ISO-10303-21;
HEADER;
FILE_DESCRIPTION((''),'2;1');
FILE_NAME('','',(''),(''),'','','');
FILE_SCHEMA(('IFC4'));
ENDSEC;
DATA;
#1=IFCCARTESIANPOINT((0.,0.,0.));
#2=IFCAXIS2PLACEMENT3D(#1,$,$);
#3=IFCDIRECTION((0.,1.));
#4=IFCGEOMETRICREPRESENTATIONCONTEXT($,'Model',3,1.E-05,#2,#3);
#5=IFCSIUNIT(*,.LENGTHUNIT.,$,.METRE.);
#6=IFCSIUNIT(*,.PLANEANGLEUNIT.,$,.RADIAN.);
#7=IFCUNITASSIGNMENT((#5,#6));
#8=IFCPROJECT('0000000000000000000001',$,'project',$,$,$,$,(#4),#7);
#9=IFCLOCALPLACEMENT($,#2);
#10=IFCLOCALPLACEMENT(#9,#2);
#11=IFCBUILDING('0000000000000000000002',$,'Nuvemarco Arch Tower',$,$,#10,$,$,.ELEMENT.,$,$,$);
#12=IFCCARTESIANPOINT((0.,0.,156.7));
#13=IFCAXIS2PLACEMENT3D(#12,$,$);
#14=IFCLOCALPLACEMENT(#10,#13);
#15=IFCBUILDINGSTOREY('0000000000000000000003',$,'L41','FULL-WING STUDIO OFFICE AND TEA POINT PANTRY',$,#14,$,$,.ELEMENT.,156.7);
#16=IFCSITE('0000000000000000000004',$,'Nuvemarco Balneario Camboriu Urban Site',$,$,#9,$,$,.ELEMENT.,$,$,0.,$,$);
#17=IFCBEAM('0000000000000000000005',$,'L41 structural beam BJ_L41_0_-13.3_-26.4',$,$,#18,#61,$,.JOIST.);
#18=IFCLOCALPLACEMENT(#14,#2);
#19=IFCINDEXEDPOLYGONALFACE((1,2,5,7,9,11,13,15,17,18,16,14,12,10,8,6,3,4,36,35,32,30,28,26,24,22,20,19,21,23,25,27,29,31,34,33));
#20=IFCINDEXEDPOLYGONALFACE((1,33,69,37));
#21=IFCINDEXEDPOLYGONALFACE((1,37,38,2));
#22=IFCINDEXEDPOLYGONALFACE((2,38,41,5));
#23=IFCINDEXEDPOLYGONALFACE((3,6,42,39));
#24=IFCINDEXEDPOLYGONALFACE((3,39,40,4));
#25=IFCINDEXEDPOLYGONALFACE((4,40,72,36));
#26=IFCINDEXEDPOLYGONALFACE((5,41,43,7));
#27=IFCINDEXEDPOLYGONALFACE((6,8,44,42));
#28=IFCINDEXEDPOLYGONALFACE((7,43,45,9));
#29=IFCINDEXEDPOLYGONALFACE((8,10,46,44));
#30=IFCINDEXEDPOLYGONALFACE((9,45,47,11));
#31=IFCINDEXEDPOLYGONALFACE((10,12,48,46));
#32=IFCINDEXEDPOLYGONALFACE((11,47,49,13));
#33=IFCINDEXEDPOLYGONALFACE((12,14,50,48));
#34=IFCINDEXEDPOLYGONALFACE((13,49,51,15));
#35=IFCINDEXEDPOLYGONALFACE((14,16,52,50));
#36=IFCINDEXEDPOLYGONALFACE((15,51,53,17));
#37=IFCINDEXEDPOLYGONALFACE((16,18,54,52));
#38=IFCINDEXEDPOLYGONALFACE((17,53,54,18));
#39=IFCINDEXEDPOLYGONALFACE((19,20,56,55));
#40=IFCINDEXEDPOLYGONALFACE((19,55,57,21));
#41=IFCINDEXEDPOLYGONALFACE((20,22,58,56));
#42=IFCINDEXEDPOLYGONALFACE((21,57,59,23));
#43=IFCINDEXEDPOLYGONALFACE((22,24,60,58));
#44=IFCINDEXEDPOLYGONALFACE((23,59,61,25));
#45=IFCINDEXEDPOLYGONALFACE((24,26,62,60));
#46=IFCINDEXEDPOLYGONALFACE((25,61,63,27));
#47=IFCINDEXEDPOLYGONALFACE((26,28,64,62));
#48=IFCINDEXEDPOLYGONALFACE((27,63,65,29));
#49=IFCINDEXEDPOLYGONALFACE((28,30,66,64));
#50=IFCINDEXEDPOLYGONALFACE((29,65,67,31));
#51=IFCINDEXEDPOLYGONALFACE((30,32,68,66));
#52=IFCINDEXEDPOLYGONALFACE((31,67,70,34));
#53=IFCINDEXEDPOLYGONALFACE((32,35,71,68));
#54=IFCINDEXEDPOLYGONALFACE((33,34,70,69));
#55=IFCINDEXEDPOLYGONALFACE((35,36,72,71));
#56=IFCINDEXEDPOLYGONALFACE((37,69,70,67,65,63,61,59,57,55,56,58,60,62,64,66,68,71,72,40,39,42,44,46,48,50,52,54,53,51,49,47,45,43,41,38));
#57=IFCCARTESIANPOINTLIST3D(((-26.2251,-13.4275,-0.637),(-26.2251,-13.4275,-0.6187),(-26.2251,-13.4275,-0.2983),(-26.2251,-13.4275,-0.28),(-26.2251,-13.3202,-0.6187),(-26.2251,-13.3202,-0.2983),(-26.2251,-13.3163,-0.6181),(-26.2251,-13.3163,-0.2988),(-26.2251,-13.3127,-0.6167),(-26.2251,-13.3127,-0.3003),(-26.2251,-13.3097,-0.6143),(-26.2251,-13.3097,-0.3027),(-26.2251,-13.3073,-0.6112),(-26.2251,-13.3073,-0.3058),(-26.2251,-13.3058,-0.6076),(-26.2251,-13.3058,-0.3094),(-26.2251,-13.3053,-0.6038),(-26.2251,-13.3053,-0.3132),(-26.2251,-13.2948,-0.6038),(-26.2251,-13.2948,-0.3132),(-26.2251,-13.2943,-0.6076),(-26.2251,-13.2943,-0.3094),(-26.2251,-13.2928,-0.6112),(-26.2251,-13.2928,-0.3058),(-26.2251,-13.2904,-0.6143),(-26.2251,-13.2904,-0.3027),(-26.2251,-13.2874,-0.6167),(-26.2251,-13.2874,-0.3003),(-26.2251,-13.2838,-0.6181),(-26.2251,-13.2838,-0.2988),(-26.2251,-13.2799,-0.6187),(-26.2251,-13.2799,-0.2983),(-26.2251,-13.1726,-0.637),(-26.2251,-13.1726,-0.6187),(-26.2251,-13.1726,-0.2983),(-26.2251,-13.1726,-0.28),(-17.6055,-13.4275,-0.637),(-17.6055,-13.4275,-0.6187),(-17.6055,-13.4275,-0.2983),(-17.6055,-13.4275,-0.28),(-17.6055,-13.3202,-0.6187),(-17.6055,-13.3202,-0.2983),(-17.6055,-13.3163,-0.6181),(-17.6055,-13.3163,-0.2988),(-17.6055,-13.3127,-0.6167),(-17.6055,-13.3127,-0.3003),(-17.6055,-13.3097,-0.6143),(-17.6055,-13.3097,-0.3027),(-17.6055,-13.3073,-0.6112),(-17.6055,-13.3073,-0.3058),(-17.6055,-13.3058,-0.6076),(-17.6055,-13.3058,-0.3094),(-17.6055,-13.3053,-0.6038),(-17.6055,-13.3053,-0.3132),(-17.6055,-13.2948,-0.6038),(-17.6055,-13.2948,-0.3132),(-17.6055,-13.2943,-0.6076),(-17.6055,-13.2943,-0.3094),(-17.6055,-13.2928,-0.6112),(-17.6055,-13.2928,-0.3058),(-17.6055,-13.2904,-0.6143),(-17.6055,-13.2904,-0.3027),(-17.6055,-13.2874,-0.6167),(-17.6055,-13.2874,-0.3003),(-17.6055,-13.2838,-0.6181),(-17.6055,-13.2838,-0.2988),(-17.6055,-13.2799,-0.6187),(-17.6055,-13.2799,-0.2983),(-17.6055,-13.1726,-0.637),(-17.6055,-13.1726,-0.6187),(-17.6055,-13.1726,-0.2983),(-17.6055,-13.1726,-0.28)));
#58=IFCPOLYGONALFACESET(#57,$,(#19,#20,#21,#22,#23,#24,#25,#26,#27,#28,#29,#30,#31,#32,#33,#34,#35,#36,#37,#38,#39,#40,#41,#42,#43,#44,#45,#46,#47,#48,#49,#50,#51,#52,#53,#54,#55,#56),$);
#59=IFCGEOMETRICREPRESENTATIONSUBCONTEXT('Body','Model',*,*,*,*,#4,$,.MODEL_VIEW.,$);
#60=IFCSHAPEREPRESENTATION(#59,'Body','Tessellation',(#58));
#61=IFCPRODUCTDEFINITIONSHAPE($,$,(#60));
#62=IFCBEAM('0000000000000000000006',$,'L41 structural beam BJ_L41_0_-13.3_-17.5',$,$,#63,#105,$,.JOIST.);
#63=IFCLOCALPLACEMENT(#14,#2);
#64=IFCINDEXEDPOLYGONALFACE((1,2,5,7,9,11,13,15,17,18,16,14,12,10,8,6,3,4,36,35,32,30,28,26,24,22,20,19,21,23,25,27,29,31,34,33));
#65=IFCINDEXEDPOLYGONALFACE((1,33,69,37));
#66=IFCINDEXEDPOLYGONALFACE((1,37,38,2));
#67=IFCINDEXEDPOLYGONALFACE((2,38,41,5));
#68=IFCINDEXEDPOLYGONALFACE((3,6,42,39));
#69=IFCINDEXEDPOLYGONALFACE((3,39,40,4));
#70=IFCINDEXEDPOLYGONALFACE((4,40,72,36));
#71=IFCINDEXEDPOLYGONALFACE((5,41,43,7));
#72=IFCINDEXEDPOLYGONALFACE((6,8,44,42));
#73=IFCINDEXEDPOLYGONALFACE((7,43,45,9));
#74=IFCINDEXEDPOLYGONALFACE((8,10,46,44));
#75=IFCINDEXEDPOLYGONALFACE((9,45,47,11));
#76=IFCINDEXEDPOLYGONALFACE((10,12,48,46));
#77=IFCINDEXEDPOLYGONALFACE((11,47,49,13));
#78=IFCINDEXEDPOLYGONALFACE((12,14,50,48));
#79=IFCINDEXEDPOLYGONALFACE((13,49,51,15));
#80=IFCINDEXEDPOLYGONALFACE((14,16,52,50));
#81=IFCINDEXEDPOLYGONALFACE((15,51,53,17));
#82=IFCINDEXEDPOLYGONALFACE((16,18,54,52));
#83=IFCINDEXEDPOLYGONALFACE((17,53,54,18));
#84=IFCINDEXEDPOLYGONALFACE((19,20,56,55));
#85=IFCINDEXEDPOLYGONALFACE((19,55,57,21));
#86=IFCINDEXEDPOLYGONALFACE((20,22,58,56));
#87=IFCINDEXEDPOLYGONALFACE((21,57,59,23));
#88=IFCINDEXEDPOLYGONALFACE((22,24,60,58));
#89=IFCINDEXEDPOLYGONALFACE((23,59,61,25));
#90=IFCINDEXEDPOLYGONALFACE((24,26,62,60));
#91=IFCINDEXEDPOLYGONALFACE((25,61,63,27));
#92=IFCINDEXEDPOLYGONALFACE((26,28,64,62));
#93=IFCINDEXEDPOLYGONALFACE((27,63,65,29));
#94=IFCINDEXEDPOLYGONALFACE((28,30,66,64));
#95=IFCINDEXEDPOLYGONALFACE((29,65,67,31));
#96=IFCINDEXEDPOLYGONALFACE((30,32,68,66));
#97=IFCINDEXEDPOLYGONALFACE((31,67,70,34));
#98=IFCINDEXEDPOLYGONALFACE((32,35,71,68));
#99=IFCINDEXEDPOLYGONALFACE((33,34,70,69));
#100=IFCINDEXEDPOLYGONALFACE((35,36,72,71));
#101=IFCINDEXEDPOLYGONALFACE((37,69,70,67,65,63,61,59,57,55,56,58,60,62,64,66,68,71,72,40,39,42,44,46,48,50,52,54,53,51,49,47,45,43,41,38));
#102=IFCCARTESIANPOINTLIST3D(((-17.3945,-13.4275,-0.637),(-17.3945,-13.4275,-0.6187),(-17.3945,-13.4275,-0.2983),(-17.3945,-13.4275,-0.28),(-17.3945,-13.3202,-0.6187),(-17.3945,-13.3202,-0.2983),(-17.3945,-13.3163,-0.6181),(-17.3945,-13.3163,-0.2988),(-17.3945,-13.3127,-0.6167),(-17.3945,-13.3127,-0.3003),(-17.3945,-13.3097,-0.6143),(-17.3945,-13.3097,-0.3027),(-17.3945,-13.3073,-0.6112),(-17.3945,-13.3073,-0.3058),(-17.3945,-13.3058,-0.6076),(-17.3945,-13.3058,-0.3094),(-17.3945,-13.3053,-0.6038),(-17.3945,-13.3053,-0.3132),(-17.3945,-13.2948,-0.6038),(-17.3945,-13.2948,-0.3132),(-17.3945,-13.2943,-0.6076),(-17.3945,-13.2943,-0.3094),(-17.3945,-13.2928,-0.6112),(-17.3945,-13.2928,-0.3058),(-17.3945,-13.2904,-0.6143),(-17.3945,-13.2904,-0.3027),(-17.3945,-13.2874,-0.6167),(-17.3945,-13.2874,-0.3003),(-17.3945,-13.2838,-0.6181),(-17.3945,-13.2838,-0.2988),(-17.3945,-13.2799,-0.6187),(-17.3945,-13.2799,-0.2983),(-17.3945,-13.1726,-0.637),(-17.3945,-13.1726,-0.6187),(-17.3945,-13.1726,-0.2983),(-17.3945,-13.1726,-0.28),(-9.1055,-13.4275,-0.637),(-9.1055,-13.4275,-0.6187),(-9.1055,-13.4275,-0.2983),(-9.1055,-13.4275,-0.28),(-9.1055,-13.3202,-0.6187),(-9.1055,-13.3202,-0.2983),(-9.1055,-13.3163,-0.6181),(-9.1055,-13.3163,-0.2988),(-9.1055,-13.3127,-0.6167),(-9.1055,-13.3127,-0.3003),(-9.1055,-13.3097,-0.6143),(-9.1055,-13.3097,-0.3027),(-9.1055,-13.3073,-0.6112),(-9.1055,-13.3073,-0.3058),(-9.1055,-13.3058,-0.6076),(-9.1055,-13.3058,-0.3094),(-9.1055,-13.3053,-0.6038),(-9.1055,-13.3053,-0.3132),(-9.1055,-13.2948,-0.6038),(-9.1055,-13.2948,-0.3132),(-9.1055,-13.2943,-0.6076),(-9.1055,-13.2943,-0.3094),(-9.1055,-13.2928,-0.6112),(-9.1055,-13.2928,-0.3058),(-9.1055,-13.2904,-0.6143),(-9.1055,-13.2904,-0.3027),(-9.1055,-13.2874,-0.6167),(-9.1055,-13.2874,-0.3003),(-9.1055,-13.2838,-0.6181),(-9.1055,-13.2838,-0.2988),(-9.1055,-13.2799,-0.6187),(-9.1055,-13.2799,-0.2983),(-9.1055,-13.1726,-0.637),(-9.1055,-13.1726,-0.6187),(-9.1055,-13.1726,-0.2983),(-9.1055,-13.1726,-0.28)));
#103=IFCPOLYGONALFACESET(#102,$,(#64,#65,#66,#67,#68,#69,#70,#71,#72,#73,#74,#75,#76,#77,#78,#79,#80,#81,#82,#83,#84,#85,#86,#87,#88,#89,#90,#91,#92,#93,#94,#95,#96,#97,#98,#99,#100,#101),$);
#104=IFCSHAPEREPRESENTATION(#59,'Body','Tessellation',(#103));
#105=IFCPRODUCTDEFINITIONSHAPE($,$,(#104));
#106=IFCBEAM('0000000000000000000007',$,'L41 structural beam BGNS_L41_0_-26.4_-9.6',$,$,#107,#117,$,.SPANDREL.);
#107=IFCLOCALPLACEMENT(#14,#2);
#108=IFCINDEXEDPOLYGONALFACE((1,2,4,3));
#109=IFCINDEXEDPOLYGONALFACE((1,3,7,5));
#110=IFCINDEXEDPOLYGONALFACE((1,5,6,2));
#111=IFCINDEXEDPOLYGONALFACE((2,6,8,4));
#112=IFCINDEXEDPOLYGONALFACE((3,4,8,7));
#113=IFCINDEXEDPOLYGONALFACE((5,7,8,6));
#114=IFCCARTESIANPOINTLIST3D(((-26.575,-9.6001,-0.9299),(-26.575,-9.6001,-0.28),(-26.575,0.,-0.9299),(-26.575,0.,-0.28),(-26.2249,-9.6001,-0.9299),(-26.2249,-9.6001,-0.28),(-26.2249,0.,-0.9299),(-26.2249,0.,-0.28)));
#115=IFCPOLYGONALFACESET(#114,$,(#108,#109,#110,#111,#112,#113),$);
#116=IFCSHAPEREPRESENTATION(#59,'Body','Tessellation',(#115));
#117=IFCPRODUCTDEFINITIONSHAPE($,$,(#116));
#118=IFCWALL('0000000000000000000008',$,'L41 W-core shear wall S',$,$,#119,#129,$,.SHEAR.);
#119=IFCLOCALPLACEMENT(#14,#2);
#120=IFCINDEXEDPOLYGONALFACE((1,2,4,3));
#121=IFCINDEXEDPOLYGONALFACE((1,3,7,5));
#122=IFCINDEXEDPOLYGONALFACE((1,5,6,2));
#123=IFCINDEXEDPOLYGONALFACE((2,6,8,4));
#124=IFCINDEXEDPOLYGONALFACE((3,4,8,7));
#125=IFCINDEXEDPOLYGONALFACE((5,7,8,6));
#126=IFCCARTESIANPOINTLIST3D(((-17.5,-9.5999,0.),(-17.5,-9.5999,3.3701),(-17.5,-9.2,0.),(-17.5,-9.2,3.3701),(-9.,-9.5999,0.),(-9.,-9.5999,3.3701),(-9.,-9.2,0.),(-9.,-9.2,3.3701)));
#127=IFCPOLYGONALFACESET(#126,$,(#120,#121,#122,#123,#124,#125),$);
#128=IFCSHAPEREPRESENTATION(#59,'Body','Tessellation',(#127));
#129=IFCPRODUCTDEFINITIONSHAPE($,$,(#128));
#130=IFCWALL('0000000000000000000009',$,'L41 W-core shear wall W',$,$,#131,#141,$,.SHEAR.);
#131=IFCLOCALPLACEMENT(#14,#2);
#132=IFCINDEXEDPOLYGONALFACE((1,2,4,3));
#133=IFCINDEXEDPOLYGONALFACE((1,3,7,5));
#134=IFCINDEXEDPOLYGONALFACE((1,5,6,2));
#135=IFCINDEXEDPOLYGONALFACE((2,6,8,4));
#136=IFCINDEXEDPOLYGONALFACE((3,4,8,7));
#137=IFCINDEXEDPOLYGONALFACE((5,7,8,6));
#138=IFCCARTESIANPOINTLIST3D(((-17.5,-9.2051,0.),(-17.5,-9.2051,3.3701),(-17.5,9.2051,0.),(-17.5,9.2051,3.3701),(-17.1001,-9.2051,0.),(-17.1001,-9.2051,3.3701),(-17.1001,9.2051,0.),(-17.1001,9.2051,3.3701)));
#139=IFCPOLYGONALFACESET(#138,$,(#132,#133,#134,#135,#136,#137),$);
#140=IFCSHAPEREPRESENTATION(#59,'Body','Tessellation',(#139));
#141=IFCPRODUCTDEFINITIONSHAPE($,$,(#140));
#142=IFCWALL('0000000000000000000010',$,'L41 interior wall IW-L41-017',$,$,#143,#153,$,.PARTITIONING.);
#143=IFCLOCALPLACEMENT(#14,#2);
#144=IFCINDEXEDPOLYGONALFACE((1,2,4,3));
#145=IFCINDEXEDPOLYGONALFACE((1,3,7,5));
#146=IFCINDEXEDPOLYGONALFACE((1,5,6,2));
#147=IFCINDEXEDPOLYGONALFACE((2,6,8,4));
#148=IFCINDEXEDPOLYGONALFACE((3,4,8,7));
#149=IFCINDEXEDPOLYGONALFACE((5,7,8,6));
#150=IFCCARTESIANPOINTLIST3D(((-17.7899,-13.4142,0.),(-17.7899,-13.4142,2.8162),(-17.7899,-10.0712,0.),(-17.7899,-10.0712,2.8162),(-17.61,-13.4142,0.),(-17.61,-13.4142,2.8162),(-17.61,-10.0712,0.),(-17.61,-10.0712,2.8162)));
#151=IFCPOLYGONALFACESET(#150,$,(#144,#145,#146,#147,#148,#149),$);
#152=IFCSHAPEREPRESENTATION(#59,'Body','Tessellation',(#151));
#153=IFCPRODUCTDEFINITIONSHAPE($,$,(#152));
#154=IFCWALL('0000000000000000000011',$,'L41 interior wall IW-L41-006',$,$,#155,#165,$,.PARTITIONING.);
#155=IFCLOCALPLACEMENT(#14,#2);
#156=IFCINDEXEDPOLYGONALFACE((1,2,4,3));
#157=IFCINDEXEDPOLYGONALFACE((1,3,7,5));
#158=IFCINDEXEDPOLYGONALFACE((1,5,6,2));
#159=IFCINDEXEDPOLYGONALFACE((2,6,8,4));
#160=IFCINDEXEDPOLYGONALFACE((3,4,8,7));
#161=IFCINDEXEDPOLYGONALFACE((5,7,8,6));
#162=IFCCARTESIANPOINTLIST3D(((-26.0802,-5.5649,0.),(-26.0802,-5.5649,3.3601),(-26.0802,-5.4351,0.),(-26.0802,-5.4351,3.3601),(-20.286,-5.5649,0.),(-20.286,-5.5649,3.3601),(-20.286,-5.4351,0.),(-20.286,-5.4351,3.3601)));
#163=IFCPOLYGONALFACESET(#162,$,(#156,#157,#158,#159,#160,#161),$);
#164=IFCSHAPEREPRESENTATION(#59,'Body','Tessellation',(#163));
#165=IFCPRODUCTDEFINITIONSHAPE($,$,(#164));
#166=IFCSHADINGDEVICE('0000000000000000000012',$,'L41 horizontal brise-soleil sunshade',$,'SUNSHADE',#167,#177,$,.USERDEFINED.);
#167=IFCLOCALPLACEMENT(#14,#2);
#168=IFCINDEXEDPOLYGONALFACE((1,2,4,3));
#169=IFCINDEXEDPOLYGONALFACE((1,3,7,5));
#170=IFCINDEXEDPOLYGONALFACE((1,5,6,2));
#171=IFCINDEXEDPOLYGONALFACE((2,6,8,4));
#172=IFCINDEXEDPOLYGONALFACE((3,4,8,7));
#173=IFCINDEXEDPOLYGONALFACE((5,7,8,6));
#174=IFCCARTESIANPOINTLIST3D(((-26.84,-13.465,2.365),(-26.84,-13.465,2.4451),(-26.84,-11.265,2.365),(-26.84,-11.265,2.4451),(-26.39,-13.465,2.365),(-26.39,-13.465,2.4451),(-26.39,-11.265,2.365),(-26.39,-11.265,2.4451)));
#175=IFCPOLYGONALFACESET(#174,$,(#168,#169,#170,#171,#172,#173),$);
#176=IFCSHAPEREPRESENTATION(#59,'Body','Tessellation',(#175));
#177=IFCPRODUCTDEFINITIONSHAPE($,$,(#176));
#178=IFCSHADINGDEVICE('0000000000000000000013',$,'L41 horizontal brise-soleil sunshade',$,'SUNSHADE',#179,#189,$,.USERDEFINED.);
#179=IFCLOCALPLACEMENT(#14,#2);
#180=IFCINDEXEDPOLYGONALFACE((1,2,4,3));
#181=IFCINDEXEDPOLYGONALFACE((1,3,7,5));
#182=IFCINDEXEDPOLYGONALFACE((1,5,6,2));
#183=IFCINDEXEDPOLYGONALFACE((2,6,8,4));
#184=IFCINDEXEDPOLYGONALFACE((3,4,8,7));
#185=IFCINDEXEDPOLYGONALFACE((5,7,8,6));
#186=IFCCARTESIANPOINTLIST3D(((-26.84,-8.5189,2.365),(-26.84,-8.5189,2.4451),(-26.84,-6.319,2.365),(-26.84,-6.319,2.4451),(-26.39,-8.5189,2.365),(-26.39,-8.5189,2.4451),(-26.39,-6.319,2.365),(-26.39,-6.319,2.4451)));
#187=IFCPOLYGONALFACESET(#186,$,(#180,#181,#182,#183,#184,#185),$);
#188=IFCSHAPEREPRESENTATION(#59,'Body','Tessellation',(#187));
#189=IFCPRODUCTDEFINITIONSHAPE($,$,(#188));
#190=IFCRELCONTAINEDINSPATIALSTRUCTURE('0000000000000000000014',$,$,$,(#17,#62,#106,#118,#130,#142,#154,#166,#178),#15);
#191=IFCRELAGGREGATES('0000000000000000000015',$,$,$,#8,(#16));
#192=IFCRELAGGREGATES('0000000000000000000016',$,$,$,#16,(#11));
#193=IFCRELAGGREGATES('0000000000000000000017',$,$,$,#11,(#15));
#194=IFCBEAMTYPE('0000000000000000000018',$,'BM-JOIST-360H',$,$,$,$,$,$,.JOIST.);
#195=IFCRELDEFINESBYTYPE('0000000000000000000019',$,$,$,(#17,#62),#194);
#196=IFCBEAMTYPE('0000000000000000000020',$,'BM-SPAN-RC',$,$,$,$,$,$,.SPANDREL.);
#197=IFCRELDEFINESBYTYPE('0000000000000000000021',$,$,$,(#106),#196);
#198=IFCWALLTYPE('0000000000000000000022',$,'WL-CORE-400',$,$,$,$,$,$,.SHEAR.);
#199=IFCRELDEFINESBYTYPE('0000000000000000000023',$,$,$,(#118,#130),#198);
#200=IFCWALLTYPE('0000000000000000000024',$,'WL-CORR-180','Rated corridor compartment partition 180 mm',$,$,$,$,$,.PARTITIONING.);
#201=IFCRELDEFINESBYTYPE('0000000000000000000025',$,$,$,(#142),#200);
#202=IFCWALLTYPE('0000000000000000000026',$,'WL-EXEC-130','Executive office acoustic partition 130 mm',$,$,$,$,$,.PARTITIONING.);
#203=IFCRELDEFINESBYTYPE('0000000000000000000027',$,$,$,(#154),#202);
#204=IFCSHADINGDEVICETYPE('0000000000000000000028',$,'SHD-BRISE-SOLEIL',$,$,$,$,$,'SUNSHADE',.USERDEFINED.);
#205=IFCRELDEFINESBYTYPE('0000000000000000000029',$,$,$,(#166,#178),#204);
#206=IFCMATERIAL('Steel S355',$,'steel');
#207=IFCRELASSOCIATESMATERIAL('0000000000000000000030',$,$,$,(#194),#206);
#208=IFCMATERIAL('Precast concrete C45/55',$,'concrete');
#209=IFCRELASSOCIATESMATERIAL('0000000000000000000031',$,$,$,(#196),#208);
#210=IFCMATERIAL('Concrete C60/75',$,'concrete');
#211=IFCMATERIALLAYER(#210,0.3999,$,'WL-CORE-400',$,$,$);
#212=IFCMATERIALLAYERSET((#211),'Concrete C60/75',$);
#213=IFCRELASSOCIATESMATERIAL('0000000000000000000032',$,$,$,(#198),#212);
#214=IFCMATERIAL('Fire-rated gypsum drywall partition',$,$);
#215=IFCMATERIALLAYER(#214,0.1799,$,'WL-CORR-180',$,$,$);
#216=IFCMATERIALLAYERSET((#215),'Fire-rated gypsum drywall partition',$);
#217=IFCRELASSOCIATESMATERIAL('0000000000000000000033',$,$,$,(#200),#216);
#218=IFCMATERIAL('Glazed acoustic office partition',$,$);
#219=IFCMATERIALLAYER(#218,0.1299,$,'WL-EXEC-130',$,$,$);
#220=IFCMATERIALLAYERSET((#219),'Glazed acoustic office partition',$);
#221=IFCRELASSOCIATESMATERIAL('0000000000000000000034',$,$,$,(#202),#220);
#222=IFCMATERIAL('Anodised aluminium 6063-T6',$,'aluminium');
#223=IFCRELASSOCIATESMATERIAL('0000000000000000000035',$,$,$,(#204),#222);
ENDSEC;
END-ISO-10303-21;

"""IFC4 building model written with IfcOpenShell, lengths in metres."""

from ifc_helpers import new_model, si_unit, direction, frame, frame_2d, origin, origin_2d, place, context, subcontext, project, spatial, rectangle, i_section, extrude, source, transform, mapped, material, layer, layer_set, material_profile, profile_set, type_object, type_shapes, element, save


model = new_model("IFC4")

# Units and contexts
model_context = context("Model", 3, precision=1e-05, world=origin(), true_north=direction((0.0, 1.0)))
body_context = subcontext(model_context, "Body", "Model", "MODEL_VIEW")
ifc_project = project(units=[si_unit("LENGTHUNIT", "METRE"), si_unit("PLANEANGLEUNIT", "RADIAN")], contexts=[model_context])

# Site, building, storey
site_placement = place(None, origin())
site = spatial("IfcSite", under=ifc_project, at=site_placement, Name="Nuvemarco Balneario Camboriu Urban Site", CompositionType="ELEMENT", RefElevation=0.0)
building_placement = place(site_placement, origin())
building = spatial("IfcBuilding", under=site, at=building_placement, Name="Nuvemarco Arch Tower", CompositionType="ELEMENT")
storey_placement = place(building_placement, frame((0.0, 0.0, 156.7)))
storey = spatial("IfcBuildingStorey", under=building, at=storey_placement, Name="L41", Description="FULL-WING STUDIO OFFICE AND TEA POINT PANTRY", CompositionType="ELEMENT", Elevation=156.7)

# Shared definitions
ifc_material_1 = material(Name="Steel S355", Category="steel")

# Beams
ifc_material_profile_1 = material_profile(ifc_material_1, i_section(OverallWidth=0.2549, OverallDepth=0.3569, WebThickness=0.0105, FlangeThickness=0.0183, FilletRadius=0.0149, at=origin_2d()), Name="W360x101")
ifc_profile_set_1 = profile_set([ifc_material_profile_1], Name="Steel S355")
beam_type_1 = type_object("IfcBeamType", Name="BM-JOIST-360H", PredefinedType="JOIST", material=ifc_profile_set_1)
beam_1_placement = place(storey_placement, frame((-26.2251, -13.3, -0.4585), z_axis=(1.0, 0.0, 0.0), x_axis=(0.0, 1.0, 0.0)))
element("IfcBeam", 1, at=beam_1_placement, inside=storey, type_object=beam_type_1, Name="L41 structural beam BJ_L41_0_-13.3_-26.4", PredefinedType="JOIST", context=body_context, shape_type="SweptSolid", body=[
    extrude(i_section(OverallWidth=0.2549, OverallDepth=0.3569, WebThickness=0.0105, FlangeThickness=0.0183, FilletRadius=0.0149, at=origin_2d()), origin(), (0.0, 0.0, 1.0), 8.6196),
])
beam_2_placement = place(storey_placement, frame((-17.3945, -13.3, -0.4585), z_axis=(1.0, 0.0, 0.0), x_axis=(0.0, 1.0, 0.0)))
element("IfcBeam", 2, at=beam_2_placement, inside=storey, type_object=beam_type_1, Name="L41 structural beam BJ_L41_0_-13.3_-17.5", PredefinedType="JOIST", context=body_context, shape_type="SweptSolid", body=[
    extrude(i_section(OverallWidth=0.2549, OverallDepth=0.3569, WebThickness=0.0105, FlangeThickness=0.0183, FilletRadius=0.0149, at=origin_2d()), origin(), (0.0, 0.0, 1.0), 8.2891),
])
ifc_material_2 = material(Name="Precast concrete C45/55", Category="concrete")
ifc_material_profile_2 = material_profile(ifc_material_2, rectangle(XDim=0.3501, YDim=0.6499, at=origin_2d()), Name="PC-SP-350x650")
ifc_profile_set_2 = profile_set([ifc_material_profile_2], Name="Precast concrete C45/55")
beam_type_2 = type_object("IfcBeamType", Name="BM-SPAN-RC", PredefinedType="SPANDREL", material=ifc_profile_set_2)
beam_3_placement = place(storey_placement, frame((-26.3999, -9.6001, -0.605), z_axis=(0.0, 1.0, 0.0), x_axis=(-1.0, 0.0, 0.0)))
element("IfcBeam", 3, at=beam_3_placement, inside=storey, type_object=beam_type_2, Name="L41 structural beam BGNS_L41_0_-26.4_-9.6", PredefinedType="SPANDREL", context=body_context, shape_type="SweptSolid", body=[
    extrude(rectangle(XDim=0.3501, YDim=0.6499, at=origin_2d()), origin(), (0.0, 0.0, 1.0), 9.6001),
])

# Walls
ifc_material_3 = material(Name="Concrete C60/75", Category="concrete")
ifc_layer_1 = layer(ifc_material_3, 0.3999, Name="WL-CORE-400")
ifc_layer_set_1 = layer_set([ifc_layer_1], Name="Concrete C60/75")
wall_type_1 = type_object("IfcWallType", Name="WL-CORE-400", PredefinedType="SHEAR", material=ifc_layer_set_1)
wall_1_placement = place(storey_placement, frame((-17.5, -9.3999, 0.0), z_axis=(0.0, 0.0, 1.0), x_axis=(1.0, 0.0, 0.0)))
element("IfcWall", 4, at=wall_1_placement, inside=storey, type_object=wall_type_1, Name="L41 W-core shear wall S", PredefinedType="SHEAR", context=body_context, shape_type="SweptSolid", body=[
    extrude(rectangle(XDim=8.5, YDim=0.3999, at=frame_2d((4.25, 0.0))), origin(), (0.0, 0.0, 1.0), 3.3701),
])
wall_2_placement = place(storey_placement, frame((-17.3, -9.2051, 0.0), z_axis=(0.0, 0.0, 1.0), x_axis=(0.0, 1.0, 0.0)))
element("IfcWall", 5, at=wall_2_placement, inside=storey, type_object=wall_type_1, Name="L41 W-core shear wall W", PredefinedType="SHEAR", context=body_context, shape_type="SweptSolid", body=[
    extrude(rectangle(XDim=18.4102, YDim=0.3999, at=frame_2d((9.2051, 0.0))), origin(), (0.0, 0.0, 1.0), 3.3701),
])
ifc_material_4 = material(Name="Fire-rated gypsum drywall partition")
ifc_layer_2 = layer(ifc_material_4, 0.1799, Name="WL-CORR-180")
ifc_layer_set_2 = layer_set([ifc_layer_2], Name="Fire-rated gypsum drywall partition")
wall_type_2 = type_object("IfcWallType", Name="WL-CORR-180", Description="Rated corridor compartment partition 180 mm", PredefinedType="PARTITIONING", material=ifc_layer_set_2)
wall_3_placement = place(storey_placement, frame((-17.7, -13.4141, 0.0), z_axis=(0.0, 0.0, 1.0), x_axis=(0.0, 1.0, 0.0)))
element("IfcWall", 6, at=wall_3_placement, inside=storey, type_object=wall_type_2, Name="L41 interior wall IW-L41-017", PredefinedType="PARTITIONING", context=body_context, shape_type="SweptSolid", body=[
    extrude(rectangle(XDim=3.343, YDim=0.1799, at=frame_2d((1.6714, 0.0))), origin(), (0.0, 0.0, 1.0), 2.8162),
])
ifc_material_5 = material(Name="Glazed acoustic office partition")
ifc_layer_3 = layer(ifc_material_5, 0.1299, Name="WL-EXEC-130")
ifc_layer_set_3 = layer_set([ifc_layer_3], Name="Glazed acoustic office partition")
wall_type_3 = type_object("IfcWallType", Name="WL-EXEC-130", Description="Executive office acoustic partition 130 mm", PredefinedType="PARTITIONING", material=ifc_layer_set_3)
wall_4_placement = place(storey_placement, frame((-26.0801, -5.5, 0.0), z_axis=(0.0, 0.0, 1.0), x_axis=(1.0, 0.0, 0.0)))
element("IfcWall", 7, at=wall_4_placement, inside=storey, type_object=wall_type_3, Name="L41 interior wall IW-L41-006", PredefinedType="PARTITIONING", context=body_context, shape_type="SweptSolid", body=[
    extrude(rectangle(XDim=5.7942, YDim=0.1299, at=frame_2d((2.897, 0.0))), origin(), (0.0, 0.0, 1.0), 3.3601),
])

# Shading devices
ifc_material_6 = material(Name="Anodised aluminium 6063-T6", Category="aluminium")
shading_device_type = type_object("IfcShadingDeviceType", Name="SHD-BRISE-SOLEIL", ElementType="SUNSHADE", PredefinedType="USERDEFINED", material=ifc_material_6)
shared_shape = source(origin(), body_context, "Body", "SweptSolid", [
    extrude(rectangle(XDim=2.2, YDim=0.45, at=origin_2d()), origin(), (0.0, 0.0, 1.0), 0.0801),
])
type_shapes(shading_device_type, [shared_shape])
for number, where, z_axis, x_axis, name in (
    (8, (-26.615, -12.365, 2.365), (0.0, 0.0, 1.0), (0.0, 1.0, 0.0), "L41 horizontal brise-soleil sunshade"),
    (9, (-26.615, -7.4189, 2.365), (0.0, 0.0, 1.0), (0.0, 1.0, 0.0), "L41 horizontal brise-soleil sunshade"),
):
    element("IfcShadingDevice", number, at=place(storey_placement, frame(where, z_axis=z_axis, x_axis=x_axis)), inside=storey, type_object=shading_device_type, Name=name, ObjectType="SUNSHADE", PredefinedType="USERDEFINED", context=body_context, shape_type="MappedRepresentation", body=[
        mapped(shared_shape, transform((0.0, 0.0, 0.0), scale=1.0)),
    ])

save(model, "model.ifc")
